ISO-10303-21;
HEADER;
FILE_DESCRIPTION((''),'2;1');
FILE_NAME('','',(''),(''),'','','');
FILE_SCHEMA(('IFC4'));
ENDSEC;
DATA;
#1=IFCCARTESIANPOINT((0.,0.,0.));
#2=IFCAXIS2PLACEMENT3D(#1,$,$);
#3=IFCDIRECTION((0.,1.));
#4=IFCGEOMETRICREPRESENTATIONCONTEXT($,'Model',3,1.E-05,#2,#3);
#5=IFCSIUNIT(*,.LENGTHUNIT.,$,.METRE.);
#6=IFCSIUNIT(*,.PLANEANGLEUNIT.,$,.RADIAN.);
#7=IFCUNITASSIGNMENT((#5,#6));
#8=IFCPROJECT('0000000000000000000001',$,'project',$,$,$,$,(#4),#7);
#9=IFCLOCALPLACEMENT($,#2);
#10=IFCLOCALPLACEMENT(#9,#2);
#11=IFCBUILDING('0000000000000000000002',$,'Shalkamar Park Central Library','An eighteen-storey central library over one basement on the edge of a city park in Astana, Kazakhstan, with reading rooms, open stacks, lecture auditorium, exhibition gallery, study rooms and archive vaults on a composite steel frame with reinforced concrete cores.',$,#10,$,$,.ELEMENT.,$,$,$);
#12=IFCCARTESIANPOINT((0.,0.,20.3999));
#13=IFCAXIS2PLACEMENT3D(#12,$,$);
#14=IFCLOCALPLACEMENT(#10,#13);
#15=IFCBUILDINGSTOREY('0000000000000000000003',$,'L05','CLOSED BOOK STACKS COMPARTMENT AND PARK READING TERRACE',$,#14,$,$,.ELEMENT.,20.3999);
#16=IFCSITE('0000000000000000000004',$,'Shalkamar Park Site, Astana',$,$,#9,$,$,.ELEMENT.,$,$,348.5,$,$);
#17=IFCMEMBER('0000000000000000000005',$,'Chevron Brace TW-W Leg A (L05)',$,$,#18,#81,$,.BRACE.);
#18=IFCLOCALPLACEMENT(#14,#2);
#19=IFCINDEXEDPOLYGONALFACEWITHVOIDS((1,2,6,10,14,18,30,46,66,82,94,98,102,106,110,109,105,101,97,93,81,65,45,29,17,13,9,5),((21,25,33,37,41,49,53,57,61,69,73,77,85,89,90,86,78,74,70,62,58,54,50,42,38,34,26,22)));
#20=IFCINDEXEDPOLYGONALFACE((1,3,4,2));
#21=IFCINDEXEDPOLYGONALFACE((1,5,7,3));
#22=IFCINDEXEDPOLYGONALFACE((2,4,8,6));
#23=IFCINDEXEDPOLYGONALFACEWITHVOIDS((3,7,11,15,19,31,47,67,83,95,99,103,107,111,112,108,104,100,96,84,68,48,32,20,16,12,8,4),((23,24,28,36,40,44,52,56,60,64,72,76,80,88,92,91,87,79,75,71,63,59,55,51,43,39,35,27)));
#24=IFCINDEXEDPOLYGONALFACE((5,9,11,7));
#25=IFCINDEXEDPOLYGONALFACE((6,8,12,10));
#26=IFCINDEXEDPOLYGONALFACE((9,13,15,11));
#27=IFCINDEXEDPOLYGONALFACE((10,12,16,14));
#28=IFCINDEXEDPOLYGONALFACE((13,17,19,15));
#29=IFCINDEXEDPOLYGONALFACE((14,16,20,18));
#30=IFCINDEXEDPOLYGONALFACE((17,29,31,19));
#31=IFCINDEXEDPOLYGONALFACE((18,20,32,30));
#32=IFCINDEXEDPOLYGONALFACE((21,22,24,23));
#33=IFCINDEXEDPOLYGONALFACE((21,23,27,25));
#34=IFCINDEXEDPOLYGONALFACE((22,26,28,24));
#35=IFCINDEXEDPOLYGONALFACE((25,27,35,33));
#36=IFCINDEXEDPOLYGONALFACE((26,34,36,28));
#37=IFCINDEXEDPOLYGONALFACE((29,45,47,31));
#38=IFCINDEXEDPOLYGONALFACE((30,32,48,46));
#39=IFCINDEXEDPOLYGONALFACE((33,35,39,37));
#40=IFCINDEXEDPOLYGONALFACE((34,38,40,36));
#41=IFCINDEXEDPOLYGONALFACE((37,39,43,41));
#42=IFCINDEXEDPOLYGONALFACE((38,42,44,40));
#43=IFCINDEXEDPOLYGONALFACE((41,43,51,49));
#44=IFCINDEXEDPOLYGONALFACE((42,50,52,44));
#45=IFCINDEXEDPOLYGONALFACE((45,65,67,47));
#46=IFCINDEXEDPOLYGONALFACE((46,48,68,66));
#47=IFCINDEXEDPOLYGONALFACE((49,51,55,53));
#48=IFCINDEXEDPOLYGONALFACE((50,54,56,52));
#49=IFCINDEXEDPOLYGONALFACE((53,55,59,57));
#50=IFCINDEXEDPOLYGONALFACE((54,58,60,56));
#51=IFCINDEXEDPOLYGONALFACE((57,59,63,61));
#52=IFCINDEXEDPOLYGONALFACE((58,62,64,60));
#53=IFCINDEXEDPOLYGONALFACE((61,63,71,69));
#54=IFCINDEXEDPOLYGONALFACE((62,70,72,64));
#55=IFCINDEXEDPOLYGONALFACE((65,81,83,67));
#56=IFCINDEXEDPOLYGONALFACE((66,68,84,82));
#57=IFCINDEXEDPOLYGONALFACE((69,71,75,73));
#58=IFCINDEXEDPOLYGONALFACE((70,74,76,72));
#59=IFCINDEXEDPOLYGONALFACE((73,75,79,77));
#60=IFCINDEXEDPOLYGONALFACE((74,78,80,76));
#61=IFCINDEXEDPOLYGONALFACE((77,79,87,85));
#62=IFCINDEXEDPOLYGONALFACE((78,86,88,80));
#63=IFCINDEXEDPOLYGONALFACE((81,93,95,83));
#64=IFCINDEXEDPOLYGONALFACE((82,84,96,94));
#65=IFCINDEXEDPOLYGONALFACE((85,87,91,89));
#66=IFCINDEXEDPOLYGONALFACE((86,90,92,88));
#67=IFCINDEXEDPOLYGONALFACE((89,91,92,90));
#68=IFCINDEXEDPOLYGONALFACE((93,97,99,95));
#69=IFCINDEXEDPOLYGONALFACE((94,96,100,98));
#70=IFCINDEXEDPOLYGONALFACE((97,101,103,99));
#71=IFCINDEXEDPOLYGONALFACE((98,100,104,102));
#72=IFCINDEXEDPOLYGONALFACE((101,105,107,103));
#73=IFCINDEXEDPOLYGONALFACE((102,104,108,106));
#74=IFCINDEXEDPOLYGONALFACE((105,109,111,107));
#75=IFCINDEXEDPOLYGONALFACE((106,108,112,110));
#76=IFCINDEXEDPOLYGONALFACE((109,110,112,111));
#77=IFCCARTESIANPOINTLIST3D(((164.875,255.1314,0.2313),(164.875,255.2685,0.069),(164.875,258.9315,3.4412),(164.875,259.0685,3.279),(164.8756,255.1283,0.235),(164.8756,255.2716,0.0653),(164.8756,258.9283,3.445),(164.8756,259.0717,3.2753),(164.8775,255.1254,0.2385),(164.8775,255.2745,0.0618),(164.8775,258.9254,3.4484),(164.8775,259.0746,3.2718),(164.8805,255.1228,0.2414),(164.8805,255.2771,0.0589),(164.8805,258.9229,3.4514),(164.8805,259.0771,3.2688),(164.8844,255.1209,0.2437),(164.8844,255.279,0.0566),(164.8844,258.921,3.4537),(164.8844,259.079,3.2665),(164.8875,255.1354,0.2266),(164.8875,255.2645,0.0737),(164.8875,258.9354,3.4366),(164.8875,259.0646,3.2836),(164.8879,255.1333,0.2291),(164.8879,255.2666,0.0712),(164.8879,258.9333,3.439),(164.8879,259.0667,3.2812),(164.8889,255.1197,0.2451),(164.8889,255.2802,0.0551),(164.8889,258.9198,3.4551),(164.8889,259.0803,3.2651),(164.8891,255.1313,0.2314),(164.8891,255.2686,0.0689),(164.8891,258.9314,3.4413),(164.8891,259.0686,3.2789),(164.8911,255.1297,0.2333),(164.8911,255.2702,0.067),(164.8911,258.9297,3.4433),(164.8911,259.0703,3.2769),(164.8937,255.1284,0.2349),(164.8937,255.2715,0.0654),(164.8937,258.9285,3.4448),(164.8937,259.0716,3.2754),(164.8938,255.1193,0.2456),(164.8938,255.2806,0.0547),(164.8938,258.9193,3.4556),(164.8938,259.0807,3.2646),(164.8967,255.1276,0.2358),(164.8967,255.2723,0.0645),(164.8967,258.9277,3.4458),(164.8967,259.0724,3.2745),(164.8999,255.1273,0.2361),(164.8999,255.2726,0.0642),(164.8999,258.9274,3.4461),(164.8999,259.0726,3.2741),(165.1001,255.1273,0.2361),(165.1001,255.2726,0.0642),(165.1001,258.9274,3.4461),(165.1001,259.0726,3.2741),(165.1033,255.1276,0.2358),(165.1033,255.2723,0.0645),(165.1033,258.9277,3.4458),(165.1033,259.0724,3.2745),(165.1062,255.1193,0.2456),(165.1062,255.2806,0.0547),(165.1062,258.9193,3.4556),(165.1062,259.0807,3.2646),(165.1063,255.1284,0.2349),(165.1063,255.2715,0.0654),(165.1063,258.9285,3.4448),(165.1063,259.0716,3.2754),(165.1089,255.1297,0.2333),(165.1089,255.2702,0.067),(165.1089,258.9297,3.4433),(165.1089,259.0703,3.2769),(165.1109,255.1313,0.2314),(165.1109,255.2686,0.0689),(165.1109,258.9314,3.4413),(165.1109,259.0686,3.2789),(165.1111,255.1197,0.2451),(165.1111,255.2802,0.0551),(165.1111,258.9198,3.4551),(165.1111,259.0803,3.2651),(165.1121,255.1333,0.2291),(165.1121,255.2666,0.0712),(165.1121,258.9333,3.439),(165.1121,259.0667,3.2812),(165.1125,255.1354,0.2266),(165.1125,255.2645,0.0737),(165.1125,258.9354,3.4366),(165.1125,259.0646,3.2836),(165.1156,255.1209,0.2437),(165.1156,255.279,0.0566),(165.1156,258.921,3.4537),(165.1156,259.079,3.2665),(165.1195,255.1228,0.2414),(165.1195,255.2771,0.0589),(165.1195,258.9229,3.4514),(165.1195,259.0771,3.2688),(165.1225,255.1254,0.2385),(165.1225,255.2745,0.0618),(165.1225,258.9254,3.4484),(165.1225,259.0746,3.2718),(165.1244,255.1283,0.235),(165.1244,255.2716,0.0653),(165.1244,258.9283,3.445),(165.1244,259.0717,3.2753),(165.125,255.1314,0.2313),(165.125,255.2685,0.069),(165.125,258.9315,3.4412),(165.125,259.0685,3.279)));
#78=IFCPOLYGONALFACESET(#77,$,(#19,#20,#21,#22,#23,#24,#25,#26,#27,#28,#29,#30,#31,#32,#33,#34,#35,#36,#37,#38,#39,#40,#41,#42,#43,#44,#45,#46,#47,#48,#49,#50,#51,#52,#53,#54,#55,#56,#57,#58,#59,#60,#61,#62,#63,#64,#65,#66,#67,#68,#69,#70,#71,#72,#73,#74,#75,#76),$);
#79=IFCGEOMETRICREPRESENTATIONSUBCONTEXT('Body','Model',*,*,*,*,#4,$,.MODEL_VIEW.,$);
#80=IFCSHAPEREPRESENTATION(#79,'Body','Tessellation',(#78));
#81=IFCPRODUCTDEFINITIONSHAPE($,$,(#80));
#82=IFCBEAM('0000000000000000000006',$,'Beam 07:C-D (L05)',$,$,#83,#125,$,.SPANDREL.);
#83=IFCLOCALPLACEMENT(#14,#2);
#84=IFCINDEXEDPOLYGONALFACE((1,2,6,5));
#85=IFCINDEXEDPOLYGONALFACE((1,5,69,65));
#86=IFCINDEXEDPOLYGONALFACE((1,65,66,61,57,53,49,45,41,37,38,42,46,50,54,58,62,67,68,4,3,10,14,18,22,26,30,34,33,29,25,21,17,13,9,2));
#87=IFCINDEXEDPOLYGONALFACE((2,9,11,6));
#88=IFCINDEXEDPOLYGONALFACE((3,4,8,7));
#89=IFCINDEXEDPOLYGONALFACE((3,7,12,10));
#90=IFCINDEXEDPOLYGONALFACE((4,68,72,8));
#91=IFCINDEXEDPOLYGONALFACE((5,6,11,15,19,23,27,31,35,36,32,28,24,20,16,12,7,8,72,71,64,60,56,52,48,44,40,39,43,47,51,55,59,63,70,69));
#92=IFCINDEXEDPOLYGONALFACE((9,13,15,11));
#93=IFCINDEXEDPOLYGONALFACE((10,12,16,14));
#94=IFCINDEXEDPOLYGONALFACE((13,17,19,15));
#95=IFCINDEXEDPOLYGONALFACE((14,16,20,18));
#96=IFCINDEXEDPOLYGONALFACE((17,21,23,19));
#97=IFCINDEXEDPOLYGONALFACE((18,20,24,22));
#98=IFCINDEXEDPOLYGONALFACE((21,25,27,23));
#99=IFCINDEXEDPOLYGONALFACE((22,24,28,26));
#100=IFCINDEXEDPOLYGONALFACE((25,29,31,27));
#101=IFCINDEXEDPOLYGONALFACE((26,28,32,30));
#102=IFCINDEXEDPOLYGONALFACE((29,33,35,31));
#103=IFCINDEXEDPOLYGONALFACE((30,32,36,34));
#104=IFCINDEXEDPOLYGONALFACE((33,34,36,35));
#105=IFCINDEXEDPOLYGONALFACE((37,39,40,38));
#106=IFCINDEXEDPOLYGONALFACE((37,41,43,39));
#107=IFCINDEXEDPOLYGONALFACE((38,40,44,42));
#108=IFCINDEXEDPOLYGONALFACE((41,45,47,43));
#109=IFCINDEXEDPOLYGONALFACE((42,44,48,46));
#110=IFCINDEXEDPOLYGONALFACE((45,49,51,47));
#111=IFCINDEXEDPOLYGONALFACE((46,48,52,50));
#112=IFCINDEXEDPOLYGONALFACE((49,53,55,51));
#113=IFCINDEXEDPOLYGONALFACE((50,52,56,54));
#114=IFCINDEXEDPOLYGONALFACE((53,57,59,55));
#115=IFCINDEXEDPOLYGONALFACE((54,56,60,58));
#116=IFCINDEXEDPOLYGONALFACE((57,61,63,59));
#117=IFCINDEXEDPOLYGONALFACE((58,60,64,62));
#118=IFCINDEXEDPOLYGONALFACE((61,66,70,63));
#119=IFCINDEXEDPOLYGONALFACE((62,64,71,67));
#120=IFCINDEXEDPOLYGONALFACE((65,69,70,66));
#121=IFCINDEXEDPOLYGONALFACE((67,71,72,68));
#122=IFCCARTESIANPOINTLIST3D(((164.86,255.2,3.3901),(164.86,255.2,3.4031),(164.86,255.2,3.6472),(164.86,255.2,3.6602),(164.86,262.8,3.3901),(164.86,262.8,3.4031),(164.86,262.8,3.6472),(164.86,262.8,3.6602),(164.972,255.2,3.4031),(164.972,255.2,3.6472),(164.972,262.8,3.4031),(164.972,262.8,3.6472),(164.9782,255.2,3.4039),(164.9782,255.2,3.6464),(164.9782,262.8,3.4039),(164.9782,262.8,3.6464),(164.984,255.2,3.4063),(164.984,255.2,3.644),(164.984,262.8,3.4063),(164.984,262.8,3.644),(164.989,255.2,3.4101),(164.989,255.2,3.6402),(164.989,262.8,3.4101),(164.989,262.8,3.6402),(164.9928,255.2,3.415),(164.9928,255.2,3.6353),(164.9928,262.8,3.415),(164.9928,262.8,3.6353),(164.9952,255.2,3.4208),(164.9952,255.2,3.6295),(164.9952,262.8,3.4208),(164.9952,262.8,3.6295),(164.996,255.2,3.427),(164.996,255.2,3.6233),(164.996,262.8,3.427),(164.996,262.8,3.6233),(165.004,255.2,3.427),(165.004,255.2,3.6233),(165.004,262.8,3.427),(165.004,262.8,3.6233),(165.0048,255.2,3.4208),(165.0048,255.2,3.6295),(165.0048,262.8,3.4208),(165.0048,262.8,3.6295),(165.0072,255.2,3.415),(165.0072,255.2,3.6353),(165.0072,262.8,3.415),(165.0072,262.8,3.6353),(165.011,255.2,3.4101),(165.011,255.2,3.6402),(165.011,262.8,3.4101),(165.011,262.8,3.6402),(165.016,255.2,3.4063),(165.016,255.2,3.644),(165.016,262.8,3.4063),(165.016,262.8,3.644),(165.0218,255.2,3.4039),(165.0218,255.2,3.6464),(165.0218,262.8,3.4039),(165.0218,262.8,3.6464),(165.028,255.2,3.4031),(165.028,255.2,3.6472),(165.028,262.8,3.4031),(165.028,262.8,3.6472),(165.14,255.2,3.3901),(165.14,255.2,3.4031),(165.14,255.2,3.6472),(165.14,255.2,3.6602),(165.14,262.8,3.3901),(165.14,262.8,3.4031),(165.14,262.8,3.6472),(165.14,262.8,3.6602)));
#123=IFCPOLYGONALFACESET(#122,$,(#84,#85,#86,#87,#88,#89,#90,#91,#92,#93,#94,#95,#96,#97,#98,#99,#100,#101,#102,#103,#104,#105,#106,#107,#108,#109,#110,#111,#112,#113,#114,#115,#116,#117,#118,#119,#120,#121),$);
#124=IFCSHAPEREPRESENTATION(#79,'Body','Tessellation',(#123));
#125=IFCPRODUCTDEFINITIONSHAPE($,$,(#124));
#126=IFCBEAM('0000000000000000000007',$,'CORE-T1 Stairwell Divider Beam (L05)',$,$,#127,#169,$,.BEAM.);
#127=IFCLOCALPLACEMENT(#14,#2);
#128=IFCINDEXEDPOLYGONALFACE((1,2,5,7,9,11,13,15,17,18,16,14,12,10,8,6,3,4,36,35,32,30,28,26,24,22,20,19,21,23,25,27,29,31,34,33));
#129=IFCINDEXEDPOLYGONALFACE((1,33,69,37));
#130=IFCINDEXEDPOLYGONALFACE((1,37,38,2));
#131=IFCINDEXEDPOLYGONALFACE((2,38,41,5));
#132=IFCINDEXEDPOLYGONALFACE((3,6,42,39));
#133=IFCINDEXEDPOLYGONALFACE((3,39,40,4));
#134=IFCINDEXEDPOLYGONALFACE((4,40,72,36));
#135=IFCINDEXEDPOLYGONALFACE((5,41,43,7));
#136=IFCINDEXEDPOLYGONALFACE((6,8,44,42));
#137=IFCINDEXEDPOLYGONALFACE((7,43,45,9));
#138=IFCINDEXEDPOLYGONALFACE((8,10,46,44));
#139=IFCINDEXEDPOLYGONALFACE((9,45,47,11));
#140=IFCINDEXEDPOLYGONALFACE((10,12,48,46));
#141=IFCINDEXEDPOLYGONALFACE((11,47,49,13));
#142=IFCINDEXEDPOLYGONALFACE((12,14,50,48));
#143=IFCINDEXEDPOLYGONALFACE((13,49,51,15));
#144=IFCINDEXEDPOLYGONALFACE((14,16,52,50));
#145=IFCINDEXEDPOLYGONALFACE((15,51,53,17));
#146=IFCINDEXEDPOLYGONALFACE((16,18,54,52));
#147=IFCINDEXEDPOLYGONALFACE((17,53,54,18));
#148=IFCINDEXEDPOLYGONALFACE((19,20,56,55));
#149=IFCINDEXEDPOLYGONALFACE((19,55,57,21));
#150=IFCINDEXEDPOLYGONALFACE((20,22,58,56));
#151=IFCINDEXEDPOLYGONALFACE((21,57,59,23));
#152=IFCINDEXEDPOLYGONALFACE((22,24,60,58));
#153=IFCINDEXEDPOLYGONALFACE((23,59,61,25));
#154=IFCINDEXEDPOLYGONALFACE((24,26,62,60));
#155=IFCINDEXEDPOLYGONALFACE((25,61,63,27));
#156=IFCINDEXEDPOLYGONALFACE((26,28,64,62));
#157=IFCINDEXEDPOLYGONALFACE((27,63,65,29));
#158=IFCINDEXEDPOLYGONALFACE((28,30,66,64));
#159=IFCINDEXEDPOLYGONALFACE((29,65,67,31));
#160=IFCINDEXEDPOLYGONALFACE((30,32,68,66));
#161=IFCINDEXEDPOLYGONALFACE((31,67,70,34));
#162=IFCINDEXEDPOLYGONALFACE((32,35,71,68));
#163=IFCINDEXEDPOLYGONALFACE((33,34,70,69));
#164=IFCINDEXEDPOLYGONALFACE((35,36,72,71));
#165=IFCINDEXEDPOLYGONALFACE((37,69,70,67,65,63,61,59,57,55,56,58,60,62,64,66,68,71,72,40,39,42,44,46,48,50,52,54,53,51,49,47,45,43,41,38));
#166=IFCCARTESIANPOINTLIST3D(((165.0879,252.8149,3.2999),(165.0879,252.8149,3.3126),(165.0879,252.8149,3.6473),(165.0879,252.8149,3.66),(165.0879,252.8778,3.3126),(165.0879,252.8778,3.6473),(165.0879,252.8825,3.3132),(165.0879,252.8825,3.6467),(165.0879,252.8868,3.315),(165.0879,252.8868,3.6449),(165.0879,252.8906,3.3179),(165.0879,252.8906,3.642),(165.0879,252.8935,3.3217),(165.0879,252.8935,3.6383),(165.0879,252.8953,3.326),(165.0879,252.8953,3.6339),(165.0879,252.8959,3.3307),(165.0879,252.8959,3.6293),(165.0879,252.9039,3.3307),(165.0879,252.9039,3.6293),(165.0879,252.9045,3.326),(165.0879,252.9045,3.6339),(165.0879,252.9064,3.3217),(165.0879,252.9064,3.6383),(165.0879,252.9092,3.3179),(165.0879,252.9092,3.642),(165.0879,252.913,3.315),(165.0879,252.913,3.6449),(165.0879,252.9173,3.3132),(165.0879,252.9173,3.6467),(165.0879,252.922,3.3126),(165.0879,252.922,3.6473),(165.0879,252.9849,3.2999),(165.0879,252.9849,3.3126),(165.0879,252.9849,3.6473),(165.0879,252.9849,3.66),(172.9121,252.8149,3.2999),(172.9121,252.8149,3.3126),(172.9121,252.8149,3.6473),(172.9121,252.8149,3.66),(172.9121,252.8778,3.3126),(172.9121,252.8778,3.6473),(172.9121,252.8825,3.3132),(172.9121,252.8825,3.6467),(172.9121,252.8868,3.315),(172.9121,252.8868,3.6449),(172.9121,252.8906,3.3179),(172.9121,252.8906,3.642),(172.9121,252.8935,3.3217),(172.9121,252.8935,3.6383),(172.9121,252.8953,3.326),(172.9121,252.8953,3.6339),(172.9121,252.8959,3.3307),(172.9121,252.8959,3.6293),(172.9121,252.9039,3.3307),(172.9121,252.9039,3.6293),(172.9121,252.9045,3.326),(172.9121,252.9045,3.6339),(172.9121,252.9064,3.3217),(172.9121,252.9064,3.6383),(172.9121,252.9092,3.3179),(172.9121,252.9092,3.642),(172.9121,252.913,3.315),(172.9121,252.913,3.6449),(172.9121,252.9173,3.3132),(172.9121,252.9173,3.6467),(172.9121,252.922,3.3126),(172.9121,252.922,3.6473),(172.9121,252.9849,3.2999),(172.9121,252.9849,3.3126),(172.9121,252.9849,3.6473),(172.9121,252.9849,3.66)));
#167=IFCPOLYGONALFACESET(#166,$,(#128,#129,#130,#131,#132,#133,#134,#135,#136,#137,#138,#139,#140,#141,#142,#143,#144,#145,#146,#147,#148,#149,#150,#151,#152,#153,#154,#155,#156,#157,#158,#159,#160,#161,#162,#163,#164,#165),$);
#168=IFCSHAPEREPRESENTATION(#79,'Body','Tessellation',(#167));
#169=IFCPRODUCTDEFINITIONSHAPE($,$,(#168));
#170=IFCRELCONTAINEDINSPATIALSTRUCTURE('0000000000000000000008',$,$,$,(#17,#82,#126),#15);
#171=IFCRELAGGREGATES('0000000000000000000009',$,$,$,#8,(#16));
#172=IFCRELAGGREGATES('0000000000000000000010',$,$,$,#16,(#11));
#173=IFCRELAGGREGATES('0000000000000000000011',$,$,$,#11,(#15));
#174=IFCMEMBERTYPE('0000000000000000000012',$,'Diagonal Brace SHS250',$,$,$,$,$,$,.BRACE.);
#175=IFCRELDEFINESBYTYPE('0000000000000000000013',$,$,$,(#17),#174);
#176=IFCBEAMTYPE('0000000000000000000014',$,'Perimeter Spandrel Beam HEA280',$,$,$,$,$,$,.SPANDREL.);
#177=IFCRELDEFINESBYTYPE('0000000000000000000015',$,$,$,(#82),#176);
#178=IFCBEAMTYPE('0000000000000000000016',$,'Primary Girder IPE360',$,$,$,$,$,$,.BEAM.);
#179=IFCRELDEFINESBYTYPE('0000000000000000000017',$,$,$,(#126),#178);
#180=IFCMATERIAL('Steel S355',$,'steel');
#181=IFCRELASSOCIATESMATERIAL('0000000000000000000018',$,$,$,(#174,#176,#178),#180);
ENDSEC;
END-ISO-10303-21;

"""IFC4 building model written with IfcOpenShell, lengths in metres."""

from ifc_helpers import new_model, si_unit, direction, frame, origin, origin_2d, place, context, subcontext, project, spatial, hollow_rectangle, i_section, extrude, material, material_profile, profile_set, type_object, element, save


model = new_model("IFC4")

# Units and contexts
model_context = context("Model", 3, precision=1e-05, world=origin(), true_north=direction((0.0, 1.0)))
body_context = subcontext(model_context, "Body", "Model", "MODEL_VIEW")
ifc_project = project(units=[si_unit("LENGTHUNIT", "METRE"), si_unit("PLANEANGLEUNIT", "RADIAN")], contexts=[model_context])

# Site, building, storey
site_placement = place(None, origin())
site = spatial("IfcSite", under=ifc_project, at=site_placement, Name="Shalkamar Park Site, Astana", CompositionType="ELEMENT", RefElevation=348.5)
building_placement = place(site_placement, origin())
building = spatial("IfcBuilding", under=site, at=building_placement, Name="Shalkamar Park Central Library", Description="An eighteen-storey central library over one basement on the edge of a city park in Astana, Kazakhstan, with reading rooms, open stacks, lecture auditorium, exhibition gallery, study rooms and archive vaults on a composite steel frame with reinforced concrete cores.", CompositionType="ELEMENT")
storey_placement = place(building_placement, frame((0.0, 0.0, 20.3999)))
storey = spatial("IfcBuildingStorey", under=building, at=storey_placement, Name="L05", Description="CLOSED BOOK STACKS COMPARTMENT AND PARK READING TERRACE", CompositionType="ELEMENT", Elevation=20.3999)

# Shared definitions
ifc_material_1 = material(Name="Steel S355", Category="steel")

# Member
ifc_material_profile_1 = material_profile(ifc_material_1, hollow_rectangle(XDim=0.25, YDim=0.25, WallThickness=0.0125, InnerFilletRadius=0.0125, OuterFilletRadius=0.0188, at=origin_2d()), Name="SHS 250x250x12.5")
ifc_profile_set_1 = profile_set([ifc_material_profile_1], Name="Steel S355")
member_type = type_object("IfcMemberType", Name="Diagonal Brace SHS250", PredefinedType="BRACE", material=ifc_profile_set_1)
member_placement = place(storey_placement, frame((165.0, 255.2, 0.1501), z_axis=(0.0, 0.763928, 0.645302), x_axis=(-1.0, 0.0, 0.0)))
element("IfcMember", 1, at=member_placement, inside=storey, type_object=member_type, Name="Chevron Brace TW-W Leg A (L05)", PredefinedType="BRACE", context=body_context, shape_type="SweptSolid", body=[
    extrude(hollow_rectangle(XDim=0.25, YDim=0.25, WallThickness=0.0125, InnerFilletRadius=0.0125, OuterFilletRadius=0.0188, at=origin_2d()), origin(), (0.0, 0.0, 1.0), 4.9744),
])

# Beams
ifc_material_profile_2 = material_profile(ifc_material_1, i_section(OverallWidth=0.28, OverallDepth=0.27, WebThickness=0.0081, FlangeThickness=0.0129, FilletRadius=0.0239, at=origin_2d()), Name="HEA 280")
ifc_profile_set_2 = profile_set([ifc_material_profile_2], Name="Steel S355")
beam_type_1 = type_object("IfcBeamType", Name="Perimeter Spandrel Beam HEA280", PredefinedType="SPANDREL", material=ifc_profile_set_2)
beam_1_placement = place(storey_placement, frame((165.0, 255.2, 3.5251), z_axis=(0.0, 1.0, 0.0), x_axis=(-1.0, 0.0, 0.0)))
element("IfcBeam", 2, at=beam_1_placement, inside=storey, type_object=beam_type_1, Name="Beam 07:C-D (L05)", PredefinedType="SPANDREL", context=body_context, shape_type="SweptSolid", body=[
    extrude(i_section(OverallWidth=0.28, OverallDepth=0.27, WebThickness=0.0081, FlangeThickness=0.0129, FilletRadius=0.0239, at=origin_2d()), origin(), (0.0, 0.0, 1.0), 7.6001),
])
ifc_material_profile_3 = material_profile(ifc_material_1, i_section(OverallWidth=0.1699, OverallDepth=0.3601, WebThickness=0.0081, FlangeThickness=0.0127, FilletRadius=0.0181, at=origin_2d()), Name="IPE 360")
ifc_profile_set_3 = profile_set([ifc_material_profile_3], Name="Steel S355")
beam_type_2 = type_object("IfcBeamType", Name="Primary Girder IPE360", PredefinedType="BEAM", material=ifc_profile_set_3)
beam_2_placement = place(storey_placement, frame((165.0879, 252.8999, 3.48), z_axis=(1.0, 0.0, 0.0), x_axis=(0.0, 1.0, 0.0)))
element("IfcBeam", 3, at=beam_2_placement, inside=storey, type_object=beam_type_2, Name="CORE-T1 Stairwell Divider Beam (L05)", PredefinedType="BEAM", context=body_context, shape_type="SweptSolid", body=[
    extrude(i_section(OverallWidth=0.1699, OverallDepth=0.3601, WebThickness=0.0081, FlangeThickness=0.0127, FilletRadius=0.0181, at=origin_2d()), origin(), (0.0, 0.0, 1.0), 7.8242),
])

save(model, "model.ifc")
